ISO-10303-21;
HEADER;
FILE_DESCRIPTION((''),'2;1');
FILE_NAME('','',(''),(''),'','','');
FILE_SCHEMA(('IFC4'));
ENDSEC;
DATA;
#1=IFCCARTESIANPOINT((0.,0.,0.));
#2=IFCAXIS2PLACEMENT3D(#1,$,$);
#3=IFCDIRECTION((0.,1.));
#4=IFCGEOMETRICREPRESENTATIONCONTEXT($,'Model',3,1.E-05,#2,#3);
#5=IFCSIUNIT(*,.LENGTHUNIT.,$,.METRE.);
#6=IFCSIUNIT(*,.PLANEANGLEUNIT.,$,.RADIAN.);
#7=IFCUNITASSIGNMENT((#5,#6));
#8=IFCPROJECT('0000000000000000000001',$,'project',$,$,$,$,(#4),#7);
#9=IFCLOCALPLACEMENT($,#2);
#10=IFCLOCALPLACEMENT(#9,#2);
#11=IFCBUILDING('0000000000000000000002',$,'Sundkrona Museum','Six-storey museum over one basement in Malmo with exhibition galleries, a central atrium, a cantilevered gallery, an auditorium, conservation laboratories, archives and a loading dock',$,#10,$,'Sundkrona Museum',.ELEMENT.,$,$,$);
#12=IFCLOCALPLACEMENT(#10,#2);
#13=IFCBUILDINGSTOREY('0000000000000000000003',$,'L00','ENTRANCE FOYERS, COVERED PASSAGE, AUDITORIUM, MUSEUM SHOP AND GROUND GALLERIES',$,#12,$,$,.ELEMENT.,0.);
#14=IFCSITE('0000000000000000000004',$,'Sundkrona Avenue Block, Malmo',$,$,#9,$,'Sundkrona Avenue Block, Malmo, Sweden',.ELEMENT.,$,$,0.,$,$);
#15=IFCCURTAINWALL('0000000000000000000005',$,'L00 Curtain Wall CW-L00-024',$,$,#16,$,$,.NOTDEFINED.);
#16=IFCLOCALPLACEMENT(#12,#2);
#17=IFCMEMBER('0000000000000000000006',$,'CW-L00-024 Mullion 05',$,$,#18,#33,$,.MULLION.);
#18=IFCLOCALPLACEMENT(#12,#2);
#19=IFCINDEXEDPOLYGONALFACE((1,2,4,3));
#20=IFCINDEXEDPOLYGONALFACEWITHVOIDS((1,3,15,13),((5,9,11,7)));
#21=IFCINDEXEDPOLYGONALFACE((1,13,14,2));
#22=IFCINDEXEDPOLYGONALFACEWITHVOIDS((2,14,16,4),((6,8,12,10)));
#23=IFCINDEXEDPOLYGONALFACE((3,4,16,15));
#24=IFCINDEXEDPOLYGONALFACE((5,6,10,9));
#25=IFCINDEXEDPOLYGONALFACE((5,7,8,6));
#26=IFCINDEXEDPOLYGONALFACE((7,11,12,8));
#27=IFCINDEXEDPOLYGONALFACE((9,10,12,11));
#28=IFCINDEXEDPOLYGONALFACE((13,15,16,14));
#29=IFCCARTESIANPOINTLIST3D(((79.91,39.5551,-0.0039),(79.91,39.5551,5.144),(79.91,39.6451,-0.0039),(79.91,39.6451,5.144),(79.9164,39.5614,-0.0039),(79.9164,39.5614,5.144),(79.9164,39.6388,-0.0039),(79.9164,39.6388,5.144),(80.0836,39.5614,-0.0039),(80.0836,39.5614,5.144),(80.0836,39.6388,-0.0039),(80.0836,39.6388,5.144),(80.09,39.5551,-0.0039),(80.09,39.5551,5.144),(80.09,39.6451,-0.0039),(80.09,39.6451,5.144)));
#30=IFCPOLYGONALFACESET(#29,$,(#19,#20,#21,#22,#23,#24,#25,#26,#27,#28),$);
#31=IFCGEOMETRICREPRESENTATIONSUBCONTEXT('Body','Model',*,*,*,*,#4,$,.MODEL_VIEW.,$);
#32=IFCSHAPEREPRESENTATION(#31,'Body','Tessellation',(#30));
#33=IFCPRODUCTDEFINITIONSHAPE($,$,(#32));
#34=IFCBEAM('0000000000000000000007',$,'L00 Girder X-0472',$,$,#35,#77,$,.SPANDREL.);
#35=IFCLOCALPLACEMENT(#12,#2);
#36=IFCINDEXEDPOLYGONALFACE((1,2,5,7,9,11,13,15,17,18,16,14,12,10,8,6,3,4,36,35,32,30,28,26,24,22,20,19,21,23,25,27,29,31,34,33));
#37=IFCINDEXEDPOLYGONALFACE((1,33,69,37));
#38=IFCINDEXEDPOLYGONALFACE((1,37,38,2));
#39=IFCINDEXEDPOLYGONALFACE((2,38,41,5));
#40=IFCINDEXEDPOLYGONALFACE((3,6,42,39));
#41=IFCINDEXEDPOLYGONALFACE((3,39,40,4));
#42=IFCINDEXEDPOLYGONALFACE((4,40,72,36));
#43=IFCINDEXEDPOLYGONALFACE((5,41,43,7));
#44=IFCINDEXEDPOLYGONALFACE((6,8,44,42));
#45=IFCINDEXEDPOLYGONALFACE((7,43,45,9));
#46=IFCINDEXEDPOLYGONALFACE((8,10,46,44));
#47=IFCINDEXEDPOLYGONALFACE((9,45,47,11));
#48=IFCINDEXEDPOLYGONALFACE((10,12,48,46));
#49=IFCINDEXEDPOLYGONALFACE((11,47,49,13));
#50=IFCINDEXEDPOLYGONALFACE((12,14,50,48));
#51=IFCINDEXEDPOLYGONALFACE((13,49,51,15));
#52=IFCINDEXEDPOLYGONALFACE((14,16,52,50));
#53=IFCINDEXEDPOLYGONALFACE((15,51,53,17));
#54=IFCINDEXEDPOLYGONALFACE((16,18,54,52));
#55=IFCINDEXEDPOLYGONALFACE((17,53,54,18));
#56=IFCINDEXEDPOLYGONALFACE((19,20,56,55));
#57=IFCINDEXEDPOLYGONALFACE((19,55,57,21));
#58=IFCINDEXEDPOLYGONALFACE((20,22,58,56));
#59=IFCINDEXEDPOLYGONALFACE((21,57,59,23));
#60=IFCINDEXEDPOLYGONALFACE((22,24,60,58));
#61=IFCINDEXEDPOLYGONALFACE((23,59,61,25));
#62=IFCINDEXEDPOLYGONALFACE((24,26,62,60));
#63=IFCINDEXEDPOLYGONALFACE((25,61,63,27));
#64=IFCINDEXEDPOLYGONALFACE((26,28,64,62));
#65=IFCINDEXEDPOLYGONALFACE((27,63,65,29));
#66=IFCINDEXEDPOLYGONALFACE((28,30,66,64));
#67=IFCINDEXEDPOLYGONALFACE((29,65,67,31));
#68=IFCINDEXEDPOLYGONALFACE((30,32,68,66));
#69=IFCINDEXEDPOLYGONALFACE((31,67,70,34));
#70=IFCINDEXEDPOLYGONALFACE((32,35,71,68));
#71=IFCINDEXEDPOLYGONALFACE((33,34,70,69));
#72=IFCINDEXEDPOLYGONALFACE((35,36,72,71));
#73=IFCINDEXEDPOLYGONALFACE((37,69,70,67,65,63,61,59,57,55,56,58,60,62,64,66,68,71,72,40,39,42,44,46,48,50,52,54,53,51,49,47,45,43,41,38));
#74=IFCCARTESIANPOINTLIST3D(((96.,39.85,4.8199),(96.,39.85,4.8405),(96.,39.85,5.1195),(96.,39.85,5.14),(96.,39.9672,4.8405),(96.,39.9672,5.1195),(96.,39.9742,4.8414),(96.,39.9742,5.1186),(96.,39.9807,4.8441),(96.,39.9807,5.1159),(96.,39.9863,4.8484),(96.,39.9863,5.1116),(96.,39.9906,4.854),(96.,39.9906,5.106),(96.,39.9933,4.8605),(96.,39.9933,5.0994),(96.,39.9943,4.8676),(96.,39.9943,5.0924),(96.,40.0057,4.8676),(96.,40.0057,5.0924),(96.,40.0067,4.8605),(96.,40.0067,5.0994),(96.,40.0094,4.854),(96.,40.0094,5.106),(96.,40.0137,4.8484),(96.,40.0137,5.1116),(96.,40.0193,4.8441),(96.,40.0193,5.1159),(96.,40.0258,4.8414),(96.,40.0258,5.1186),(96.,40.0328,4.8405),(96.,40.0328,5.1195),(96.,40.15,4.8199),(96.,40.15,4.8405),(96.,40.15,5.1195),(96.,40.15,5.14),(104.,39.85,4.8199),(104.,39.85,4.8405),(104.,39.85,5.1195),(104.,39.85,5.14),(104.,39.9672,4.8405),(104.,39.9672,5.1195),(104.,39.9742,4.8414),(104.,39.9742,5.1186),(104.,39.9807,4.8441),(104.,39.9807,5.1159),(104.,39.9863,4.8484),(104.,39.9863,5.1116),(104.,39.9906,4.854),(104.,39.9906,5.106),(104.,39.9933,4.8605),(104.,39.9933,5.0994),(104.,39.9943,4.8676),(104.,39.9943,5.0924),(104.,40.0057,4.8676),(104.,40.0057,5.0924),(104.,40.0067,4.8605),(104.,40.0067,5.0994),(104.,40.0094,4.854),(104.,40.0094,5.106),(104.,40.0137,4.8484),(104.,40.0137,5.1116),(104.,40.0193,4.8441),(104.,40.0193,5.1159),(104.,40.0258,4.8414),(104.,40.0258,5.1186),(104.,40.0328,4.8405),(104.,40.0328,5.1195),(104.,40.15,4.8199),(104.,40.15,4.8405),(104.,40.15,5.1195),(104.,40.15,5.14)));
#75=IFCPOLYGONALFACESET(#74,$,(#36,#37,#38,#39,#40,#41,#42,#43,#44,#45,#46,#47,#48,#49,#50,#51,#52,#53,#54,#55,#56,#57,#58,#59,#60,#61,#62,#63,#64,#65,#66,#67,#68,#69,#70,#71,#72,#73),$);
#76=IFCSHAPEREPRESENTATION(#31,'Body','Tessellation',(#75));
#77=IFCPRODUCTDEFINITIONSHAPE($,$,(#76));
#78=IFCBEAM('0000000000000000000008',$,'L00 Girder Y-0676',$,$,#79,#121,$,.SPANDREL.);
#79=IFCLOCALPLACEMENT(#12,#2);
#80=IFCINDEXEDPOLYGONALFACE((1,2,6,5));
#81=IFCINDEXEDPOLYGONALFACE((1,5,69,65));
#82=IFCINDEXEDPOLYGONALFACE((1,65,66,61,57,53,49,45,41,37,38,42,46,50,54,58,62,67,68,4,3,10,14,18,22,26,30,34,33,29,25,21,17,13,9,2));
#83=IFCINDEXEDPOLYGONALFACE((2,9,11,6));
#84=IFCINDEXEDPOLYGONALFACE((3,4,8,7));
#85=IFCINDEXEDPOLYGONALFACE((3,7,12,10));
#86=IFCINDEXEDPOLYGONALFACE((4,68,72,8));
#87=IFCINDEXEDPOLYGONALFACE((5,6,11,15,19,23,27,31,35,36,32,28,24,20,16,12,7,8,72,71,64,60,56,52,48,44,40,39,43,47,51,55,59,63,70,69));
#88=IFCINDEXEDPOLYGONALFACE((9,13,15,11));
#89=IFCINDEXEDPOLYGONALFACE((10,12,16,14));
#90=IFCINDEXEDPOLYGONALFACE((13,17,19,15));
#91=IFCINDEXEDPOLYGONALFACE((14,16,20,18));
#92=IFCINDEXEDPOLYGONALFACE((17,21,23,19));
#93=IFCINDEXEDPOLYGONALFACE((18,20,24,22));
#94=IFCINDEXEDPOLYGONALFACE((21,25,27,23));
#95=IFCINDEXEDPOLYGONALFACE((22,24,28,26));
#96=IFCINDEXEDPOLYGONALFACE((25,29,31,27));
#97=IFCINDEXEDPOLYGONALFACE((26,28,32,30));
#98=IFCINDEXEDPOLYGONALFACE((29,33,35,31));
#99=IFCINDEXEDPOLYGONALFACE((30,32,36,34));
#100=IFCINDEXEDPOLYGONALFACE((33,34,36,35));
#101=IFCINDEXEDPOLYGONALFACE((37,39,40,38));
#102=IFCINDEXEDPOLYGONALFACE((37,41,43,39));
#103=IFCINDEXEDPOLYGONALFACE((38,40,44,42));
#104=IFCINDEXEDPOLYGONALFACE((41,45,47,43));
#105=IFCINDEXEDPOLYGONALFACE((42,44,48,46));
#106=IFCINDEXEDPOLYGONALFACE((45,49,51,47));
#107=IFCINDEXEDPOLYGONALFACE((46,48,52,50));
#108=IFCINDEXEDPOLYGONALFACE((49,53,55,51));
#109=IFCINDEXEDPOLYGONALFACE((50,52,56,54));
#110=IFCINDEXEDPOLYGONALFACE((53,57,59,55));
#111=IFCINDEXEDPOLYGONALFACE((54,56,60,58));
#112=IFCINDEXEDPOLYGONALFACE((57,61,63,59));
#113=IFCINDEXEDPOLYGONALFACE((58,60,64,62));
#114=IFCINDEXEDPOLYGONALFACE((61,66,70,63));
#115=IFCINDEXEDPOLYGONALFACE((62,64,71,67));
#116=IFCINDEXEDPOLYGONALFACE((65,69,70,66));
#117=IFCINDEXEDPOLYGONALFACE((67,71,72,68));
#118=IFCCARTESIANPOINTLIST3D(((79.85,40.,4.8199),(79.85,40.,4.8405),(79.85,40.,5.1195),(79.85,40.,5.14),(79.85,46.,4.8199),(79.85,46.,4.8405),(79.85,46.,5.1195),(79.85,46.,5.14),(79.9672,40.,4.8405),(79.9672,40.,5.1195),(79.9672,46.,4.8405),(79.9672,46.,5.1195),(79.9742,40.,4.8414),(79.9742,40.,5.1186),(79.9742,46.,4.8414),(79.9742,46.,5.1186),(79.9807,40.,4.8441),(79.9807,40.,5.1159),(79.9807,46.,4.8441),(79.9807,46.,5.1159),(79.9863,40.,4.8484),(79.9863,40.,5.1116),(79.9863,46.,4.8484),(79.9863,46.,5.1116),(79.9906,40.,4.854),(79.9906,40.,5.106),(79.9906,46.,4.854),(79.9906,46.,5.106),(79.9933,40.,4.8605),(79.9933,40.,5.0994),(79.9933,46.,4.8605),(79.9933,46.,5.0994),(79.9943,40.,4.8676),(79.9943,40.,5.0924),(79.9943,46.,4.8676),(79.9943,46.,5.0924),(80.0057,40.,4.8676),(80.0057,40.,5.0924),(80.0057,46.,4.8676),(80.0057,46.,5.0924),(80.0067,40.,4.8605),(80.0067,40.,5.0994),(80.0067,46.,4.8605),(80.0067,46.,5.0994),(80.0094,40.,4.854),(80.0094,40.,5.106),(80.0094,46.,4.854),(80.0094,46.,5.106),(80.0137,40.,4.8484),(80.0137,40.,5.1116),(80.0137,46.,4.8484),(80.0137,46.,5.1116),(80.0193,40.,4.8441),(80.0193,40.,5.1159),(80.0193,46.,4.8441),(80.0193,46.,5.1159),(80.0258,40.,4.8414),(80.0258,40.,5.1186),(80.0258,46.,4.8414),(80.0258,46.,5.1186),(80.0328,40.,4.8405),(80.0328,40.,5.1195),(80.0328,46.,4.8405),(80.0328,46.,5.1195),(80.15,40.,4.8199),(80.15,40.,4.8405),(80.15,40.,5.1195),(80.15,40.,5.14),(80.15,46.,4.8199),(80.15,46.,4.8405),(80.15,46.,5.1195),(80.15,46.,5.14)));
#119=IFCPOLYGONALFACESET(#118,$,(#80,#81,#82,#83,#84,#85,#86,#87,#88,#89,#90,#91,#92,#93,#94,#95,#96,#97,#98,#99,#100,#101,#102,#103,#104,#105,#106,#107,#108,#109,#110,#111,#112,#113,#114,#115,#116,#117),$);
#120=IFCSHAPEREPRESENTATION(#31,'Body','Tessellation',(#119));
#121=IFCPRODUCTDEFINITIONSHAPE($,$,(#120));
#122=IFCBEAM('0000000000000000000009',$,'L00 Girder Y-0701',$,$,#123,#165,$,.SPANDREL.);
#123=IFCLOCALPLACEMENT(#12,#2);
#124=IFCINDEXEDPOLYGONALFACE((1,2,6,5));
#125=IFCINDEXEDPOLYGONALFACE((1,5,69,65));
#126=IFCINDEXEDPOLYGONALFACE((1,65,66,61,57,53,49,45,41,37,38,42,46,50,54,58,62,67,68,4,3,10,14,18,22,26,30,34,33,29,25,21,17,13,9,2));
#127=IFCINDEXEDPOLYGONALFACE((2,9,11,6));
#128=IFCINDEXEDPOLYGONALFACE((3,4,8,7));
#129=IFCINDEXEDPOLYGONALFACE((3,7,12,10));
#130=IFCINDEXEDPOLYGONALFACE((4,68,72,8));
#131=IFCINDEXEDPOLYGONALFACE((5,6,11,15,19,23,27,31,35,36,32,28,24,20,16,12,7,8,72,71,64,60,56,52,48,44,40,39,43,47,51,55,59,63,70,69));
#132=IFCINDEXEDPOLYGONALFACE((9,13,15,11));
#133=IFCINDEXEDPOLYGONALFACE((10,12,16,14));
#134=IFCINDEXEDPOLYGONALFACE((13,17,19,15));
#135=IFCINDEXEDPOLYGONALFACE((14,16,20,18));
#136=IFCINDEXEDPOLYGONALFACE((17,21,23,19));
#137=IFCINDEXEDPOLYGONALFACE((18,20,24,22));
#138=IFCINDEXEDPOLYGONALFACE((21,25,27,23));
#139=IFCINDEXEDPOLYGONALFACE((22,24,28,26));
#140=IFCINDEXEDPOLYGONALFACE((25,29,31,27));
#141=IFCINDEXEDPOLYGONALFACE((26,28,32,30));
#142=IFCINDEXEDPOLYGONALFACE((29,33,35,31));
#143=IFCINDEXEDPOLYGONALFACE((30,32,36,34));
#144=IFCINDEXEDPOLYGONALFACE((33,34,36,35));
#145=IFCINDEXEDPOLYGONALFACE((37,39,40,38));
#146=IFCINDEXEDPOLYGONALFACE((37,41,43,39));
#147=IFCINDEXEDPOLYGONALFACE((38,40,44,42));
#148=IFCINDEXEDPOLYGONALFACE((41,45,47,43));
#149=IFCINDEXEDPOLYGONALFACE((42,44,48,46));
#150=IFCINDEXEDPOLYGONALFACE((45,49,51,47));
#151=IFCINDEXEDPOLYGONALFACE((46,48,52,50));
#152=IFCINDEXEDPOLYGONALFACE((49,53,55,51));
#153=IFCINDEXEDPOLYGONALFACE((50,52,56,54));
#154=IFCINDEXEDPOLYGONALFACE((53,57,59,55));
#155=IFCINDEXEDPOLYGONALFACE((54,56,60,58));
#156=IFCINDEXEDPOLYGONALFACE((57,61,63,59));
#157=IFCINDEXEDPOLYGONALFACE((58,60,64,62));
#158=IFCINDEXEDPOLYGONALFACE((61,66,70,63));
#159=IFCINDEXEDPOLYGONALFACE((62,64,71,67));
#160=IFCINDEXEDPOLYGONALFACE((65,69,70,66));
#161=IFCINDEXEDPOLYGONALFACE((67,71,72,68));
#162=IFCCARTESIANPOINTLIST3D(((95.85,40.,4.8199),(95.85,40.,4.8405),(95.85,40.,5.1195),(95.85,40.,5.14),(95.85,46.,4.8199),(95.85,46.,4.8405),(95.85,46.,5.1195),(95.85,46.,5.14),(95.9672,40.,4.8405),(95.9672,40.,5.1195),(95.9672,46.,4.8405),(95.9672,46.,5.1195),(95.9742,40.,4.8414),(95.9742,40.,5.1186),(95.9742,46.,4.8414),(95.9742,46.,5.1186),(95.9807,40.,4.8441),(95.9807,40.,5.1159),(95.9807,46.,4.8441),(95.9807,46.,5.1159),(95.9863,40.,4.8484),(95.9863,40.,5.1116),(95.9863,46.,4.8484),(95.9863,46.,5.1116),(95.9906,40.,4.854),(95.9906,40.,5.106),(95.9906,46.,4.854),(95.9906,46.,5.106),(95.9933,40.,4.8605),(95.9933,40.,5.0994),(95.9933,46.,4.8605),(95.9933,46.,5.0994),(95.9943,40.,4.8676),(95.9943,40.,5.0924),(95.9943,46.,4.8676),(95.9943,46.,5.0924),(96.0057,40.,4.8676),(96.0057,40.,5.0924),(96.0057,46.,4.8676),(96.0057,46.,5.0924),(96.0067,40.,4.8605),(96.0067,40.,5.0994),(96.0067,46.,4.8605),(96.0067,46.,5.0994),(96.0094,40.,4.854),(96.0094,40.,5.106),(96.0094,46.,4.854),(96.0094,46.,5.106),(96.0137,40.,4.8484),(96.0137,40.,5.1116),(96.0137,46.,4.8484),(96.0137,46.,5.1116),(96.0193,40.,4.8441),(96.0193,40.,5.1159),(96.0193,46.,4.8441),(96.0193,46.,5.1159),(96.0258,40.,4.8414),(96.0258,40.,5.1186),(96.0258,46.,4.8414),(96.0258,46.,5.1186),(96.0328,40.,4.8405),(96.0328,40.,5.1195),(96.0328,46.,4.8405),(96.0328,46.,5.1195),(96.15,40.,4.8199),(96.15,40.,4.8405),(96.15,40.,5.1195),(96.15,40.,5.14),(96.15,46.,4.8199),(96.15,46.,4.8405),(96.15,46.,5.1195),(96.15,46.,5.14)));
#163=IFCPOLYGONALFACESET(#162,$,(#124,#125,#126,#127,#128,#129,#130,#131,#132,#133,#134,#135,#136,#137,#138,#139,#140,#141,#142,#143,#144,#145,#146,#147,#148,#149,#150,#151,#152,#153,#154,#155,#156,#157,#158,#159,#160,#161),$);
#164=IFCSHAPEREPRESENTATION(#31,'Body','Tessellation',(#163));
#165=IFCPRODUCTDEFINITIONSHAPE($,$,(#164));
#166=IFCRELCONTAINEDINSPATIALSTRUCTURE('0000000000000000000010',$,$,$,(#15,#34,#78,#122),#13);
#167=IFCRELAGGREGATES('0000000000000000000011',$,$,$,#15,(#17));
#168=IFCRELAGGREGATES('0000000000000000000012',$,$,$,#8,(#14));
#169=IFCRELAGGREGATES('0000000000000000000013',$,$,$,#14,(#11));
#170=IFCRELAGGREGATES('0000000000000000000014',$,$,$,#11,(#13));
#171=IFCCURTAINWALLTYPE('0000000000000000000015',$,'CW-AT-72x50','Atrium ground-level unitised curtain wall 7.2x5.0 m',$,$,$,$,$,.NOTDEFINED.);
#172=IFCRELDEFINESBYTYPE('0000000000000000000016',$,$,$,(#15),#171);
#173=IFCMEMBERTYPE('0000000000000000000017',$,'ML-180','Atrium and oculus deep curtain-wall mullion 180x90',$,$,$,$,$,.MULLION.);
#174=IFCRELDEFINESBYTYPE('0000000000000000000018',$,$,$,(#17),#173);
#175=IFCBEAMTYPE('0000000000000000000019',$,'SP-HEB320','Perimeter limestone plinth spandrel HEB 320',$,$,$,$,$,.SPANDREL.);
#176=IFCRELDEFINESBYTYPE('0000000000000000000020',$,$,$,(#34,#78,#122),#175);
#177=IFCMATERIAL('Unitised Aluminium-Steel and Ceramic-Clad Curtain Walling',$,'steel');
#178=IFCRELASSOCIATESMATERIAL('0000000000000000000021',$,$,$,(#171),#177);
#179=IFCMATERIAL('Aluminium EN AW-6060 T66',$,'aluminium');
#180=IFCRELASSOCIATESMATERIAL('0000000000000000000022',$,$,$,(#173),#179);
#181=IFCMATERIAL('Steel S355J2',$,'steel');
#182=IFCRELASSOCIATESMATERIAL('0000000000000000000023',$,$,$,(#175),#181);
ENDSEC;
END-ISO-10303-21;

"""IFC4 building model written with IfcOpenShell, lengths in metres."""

from ifc_helpers import new_model, si_unit, direction, frame, origin, origin_2d, place, context, subcontext, project, spatial, hollow_rectangle, i_section, extrude, material, material_profile, profile_set, type_object, element, aggregate, save


model = new_model("IFC4")

# Units and contexts
model_context = context("Model", 3, precision=1e-05, world=origin(), true_north=direction((0.0, 1.0)))
body_context = subcontext(model_context, "Body", "Model", "MODEL_VIEW")
ifc_project = project(units=[si_unit("LENGTHUNIT", "METRE"), si_unit("PLANEANGLEUNIT", "RADIAN")], contexts=[model_context])

# Site, building, storey
site_placement = place(None, origin())
site = spatial("IfcSite", under=ifc_project, at=site_placement, Name="Sundkrona Avenue Block, Malmo", LongName="Sundkrona Avenue Block, Malmo, Sweden", CompositionType="ELEMENT", RefElevation=0.0)
building_placement = place(site_placement, origin())
building = spatial("IfcBuilding", under=site, at=building_placement, Name="Sundkrona Museum", Description="Six-storey museum over one basement in Malmo with exhibition galleries, a central atrium, a cantilevered gallery, an auditorium, conservation laboratories, archives and a loading dock", LongName="Sundkrona Museum", CompositionType="ELEMENT")
storey_placement = place(building_placement, origin())
storey = spatial("IfcBuildingStorey", under=building, at=storey_placement, Name="L00", Description="ENTRANCE FOYERS, COVERED PASSAGE, AUDITORIUM, MUSEUM SHOP AND GROUND GALLERIES", CompositionType="ELEMENT", Elevation=0.0)

# Shared definitions
ifc_material_1 = material(Name="Steel S355J2", Category="steel")

# Curtain wall, member
ifc_material_2 = material(Name="Unitised Aluminium-Steel and Ceramic-Clad Curtain Walling", Category="steel")
curtain_wall_type = type_object("IfcCurtainWallType", Name="CW-AT-72x50", Description="Atrium ground-level unitised curtain wall 7.2x5.0 m", PredefinedType="NOTDEFINED", material=ifc_material_2)
curtain_wall_placement = place(storey_placement, origin())
curtain_wall = element("IfcCurtainWall", 1, at=curtain_wall_placement, inside=storey, type_object=curtain_wall_type, Name="L00 Curtain Wall CW-L00-024", PredefinedType="NOTDEFINED")
ifc_material_3 = material(Name="Aluminium EN AW-6060 T66", Category="aluminium")
ifc_material_profile_1 = material_profile(ifc_material_3, hollow_rectangle(XDim=0.0901, YDim=0.1799, WallThickness=0.0063, at=origin_2d()), Name="RHS 180x90x6.3")
ifc_profile_set_1 = profile_set([ifc_material_profile_1], Name="Aluminium EN AW-6060 T66")
member_type_1 = type_object("IfcMemberType", Name="ML-180", Description="Atrium and oculus deep curtain-wall mullion 180x90", PredefinedType="MULLION", material=ifc_profile_set_1)
member_1_placement = place(storey_placement, frame((80.0, 39.6001, -0.0039), z_axis=(0.0, 0.0, 1.0), x_axis=(0.0, 1.0, 0.0)))
member_1 = element("IfcMember", 2, at=member_1_placement, type_object=member_type_1, Name="CW-L00-024 Mullion 05", PredefinedType="MULLION", context=body_context, shape_type="SweptSolid", body=[
    extrude(hollow_rectangle(XDim=0.0901, YDim=0.1799, WallThickness=0.0063, at=origin_2d()), origin(), (0.0, 0.0, 1.0), 5.1479),
])

# Beams
ifc_material_profile_2 = material_profile(ifc_material_1, i_section(OverallWidth=0.3, OverallDepth=0.3201, WebThickness=0.0115, FlangeThickness=0.0205, FilletRadius=0.0271, at=origin_2d()), Name="HEB 320")
ifc_profile_set_2 = profile_set([ifc_material_profile_2], Name="Steel S355J2")
beam_type_1 = type_object("IfcBeamType", Name="SP-HEB320", Description="Perimeter limestone plinth spandrel HEB 320", PredefinedType="SPANDREL", material=ifc_profile_set_2)
beam_1_placement = place(storey_placement, frame((96.0, 40.0, 4.98), z_axis=(1.0, 0.0, 0.0), x_axis=(0.0, 1.0, 0.0)))
element("IfcBeam", 3, at=beam_1_placement, inside=storey, type_object=beam_type_1, Name="L00 Girder X-0472", PredefinedType="SPANDREL", context=body_context, shape_type="SweptSolid", body=[
    extrude(i_section(OverallWidth=0.3, OverallDepth=0.3201, WebThickness=0.0115, FlangeThickness=0.0205, FilletRadius=0.0271, at=origin_2d()), origin(), (0.0, 0.0, 1.0), 8.0),
])
for number, where, z_axis, x_axis, name in (
    (4, (80.0, 40.0, 4.98), (0.0, 1.0, 0.0), (-1.0, 0.0, 0.0), "L00 Girder Y-0676"),
    (5, (96.0, 40.0, 4.98), (0.0, 1.0, 0.0), (-1.0, 0.0, 0.0), "L00 Girder Y-0701"),
):
    element("IfcBeam", number, at=place(storey_placement, frame(where, z_axis=z_axis, x_axis=x_axis)), inside=storey, type_object=beam_type_1, Name=name, PredefinedType="SPANDREL", context=body_context, shape_type="SweptSolid", body=[
        extrude(i_section(OverallWidth=0.3, OverallDepth=0.3201, WebThickness=0.0115, FlangeThickness=0.0205, FilletRadius=0.0271, at=origin_2d()), origin(), (0.0, 0.0, 1.0), 6.0),
    ])

aggregate(curtain_wall, [member_1])

save(model, "model.ifc")
